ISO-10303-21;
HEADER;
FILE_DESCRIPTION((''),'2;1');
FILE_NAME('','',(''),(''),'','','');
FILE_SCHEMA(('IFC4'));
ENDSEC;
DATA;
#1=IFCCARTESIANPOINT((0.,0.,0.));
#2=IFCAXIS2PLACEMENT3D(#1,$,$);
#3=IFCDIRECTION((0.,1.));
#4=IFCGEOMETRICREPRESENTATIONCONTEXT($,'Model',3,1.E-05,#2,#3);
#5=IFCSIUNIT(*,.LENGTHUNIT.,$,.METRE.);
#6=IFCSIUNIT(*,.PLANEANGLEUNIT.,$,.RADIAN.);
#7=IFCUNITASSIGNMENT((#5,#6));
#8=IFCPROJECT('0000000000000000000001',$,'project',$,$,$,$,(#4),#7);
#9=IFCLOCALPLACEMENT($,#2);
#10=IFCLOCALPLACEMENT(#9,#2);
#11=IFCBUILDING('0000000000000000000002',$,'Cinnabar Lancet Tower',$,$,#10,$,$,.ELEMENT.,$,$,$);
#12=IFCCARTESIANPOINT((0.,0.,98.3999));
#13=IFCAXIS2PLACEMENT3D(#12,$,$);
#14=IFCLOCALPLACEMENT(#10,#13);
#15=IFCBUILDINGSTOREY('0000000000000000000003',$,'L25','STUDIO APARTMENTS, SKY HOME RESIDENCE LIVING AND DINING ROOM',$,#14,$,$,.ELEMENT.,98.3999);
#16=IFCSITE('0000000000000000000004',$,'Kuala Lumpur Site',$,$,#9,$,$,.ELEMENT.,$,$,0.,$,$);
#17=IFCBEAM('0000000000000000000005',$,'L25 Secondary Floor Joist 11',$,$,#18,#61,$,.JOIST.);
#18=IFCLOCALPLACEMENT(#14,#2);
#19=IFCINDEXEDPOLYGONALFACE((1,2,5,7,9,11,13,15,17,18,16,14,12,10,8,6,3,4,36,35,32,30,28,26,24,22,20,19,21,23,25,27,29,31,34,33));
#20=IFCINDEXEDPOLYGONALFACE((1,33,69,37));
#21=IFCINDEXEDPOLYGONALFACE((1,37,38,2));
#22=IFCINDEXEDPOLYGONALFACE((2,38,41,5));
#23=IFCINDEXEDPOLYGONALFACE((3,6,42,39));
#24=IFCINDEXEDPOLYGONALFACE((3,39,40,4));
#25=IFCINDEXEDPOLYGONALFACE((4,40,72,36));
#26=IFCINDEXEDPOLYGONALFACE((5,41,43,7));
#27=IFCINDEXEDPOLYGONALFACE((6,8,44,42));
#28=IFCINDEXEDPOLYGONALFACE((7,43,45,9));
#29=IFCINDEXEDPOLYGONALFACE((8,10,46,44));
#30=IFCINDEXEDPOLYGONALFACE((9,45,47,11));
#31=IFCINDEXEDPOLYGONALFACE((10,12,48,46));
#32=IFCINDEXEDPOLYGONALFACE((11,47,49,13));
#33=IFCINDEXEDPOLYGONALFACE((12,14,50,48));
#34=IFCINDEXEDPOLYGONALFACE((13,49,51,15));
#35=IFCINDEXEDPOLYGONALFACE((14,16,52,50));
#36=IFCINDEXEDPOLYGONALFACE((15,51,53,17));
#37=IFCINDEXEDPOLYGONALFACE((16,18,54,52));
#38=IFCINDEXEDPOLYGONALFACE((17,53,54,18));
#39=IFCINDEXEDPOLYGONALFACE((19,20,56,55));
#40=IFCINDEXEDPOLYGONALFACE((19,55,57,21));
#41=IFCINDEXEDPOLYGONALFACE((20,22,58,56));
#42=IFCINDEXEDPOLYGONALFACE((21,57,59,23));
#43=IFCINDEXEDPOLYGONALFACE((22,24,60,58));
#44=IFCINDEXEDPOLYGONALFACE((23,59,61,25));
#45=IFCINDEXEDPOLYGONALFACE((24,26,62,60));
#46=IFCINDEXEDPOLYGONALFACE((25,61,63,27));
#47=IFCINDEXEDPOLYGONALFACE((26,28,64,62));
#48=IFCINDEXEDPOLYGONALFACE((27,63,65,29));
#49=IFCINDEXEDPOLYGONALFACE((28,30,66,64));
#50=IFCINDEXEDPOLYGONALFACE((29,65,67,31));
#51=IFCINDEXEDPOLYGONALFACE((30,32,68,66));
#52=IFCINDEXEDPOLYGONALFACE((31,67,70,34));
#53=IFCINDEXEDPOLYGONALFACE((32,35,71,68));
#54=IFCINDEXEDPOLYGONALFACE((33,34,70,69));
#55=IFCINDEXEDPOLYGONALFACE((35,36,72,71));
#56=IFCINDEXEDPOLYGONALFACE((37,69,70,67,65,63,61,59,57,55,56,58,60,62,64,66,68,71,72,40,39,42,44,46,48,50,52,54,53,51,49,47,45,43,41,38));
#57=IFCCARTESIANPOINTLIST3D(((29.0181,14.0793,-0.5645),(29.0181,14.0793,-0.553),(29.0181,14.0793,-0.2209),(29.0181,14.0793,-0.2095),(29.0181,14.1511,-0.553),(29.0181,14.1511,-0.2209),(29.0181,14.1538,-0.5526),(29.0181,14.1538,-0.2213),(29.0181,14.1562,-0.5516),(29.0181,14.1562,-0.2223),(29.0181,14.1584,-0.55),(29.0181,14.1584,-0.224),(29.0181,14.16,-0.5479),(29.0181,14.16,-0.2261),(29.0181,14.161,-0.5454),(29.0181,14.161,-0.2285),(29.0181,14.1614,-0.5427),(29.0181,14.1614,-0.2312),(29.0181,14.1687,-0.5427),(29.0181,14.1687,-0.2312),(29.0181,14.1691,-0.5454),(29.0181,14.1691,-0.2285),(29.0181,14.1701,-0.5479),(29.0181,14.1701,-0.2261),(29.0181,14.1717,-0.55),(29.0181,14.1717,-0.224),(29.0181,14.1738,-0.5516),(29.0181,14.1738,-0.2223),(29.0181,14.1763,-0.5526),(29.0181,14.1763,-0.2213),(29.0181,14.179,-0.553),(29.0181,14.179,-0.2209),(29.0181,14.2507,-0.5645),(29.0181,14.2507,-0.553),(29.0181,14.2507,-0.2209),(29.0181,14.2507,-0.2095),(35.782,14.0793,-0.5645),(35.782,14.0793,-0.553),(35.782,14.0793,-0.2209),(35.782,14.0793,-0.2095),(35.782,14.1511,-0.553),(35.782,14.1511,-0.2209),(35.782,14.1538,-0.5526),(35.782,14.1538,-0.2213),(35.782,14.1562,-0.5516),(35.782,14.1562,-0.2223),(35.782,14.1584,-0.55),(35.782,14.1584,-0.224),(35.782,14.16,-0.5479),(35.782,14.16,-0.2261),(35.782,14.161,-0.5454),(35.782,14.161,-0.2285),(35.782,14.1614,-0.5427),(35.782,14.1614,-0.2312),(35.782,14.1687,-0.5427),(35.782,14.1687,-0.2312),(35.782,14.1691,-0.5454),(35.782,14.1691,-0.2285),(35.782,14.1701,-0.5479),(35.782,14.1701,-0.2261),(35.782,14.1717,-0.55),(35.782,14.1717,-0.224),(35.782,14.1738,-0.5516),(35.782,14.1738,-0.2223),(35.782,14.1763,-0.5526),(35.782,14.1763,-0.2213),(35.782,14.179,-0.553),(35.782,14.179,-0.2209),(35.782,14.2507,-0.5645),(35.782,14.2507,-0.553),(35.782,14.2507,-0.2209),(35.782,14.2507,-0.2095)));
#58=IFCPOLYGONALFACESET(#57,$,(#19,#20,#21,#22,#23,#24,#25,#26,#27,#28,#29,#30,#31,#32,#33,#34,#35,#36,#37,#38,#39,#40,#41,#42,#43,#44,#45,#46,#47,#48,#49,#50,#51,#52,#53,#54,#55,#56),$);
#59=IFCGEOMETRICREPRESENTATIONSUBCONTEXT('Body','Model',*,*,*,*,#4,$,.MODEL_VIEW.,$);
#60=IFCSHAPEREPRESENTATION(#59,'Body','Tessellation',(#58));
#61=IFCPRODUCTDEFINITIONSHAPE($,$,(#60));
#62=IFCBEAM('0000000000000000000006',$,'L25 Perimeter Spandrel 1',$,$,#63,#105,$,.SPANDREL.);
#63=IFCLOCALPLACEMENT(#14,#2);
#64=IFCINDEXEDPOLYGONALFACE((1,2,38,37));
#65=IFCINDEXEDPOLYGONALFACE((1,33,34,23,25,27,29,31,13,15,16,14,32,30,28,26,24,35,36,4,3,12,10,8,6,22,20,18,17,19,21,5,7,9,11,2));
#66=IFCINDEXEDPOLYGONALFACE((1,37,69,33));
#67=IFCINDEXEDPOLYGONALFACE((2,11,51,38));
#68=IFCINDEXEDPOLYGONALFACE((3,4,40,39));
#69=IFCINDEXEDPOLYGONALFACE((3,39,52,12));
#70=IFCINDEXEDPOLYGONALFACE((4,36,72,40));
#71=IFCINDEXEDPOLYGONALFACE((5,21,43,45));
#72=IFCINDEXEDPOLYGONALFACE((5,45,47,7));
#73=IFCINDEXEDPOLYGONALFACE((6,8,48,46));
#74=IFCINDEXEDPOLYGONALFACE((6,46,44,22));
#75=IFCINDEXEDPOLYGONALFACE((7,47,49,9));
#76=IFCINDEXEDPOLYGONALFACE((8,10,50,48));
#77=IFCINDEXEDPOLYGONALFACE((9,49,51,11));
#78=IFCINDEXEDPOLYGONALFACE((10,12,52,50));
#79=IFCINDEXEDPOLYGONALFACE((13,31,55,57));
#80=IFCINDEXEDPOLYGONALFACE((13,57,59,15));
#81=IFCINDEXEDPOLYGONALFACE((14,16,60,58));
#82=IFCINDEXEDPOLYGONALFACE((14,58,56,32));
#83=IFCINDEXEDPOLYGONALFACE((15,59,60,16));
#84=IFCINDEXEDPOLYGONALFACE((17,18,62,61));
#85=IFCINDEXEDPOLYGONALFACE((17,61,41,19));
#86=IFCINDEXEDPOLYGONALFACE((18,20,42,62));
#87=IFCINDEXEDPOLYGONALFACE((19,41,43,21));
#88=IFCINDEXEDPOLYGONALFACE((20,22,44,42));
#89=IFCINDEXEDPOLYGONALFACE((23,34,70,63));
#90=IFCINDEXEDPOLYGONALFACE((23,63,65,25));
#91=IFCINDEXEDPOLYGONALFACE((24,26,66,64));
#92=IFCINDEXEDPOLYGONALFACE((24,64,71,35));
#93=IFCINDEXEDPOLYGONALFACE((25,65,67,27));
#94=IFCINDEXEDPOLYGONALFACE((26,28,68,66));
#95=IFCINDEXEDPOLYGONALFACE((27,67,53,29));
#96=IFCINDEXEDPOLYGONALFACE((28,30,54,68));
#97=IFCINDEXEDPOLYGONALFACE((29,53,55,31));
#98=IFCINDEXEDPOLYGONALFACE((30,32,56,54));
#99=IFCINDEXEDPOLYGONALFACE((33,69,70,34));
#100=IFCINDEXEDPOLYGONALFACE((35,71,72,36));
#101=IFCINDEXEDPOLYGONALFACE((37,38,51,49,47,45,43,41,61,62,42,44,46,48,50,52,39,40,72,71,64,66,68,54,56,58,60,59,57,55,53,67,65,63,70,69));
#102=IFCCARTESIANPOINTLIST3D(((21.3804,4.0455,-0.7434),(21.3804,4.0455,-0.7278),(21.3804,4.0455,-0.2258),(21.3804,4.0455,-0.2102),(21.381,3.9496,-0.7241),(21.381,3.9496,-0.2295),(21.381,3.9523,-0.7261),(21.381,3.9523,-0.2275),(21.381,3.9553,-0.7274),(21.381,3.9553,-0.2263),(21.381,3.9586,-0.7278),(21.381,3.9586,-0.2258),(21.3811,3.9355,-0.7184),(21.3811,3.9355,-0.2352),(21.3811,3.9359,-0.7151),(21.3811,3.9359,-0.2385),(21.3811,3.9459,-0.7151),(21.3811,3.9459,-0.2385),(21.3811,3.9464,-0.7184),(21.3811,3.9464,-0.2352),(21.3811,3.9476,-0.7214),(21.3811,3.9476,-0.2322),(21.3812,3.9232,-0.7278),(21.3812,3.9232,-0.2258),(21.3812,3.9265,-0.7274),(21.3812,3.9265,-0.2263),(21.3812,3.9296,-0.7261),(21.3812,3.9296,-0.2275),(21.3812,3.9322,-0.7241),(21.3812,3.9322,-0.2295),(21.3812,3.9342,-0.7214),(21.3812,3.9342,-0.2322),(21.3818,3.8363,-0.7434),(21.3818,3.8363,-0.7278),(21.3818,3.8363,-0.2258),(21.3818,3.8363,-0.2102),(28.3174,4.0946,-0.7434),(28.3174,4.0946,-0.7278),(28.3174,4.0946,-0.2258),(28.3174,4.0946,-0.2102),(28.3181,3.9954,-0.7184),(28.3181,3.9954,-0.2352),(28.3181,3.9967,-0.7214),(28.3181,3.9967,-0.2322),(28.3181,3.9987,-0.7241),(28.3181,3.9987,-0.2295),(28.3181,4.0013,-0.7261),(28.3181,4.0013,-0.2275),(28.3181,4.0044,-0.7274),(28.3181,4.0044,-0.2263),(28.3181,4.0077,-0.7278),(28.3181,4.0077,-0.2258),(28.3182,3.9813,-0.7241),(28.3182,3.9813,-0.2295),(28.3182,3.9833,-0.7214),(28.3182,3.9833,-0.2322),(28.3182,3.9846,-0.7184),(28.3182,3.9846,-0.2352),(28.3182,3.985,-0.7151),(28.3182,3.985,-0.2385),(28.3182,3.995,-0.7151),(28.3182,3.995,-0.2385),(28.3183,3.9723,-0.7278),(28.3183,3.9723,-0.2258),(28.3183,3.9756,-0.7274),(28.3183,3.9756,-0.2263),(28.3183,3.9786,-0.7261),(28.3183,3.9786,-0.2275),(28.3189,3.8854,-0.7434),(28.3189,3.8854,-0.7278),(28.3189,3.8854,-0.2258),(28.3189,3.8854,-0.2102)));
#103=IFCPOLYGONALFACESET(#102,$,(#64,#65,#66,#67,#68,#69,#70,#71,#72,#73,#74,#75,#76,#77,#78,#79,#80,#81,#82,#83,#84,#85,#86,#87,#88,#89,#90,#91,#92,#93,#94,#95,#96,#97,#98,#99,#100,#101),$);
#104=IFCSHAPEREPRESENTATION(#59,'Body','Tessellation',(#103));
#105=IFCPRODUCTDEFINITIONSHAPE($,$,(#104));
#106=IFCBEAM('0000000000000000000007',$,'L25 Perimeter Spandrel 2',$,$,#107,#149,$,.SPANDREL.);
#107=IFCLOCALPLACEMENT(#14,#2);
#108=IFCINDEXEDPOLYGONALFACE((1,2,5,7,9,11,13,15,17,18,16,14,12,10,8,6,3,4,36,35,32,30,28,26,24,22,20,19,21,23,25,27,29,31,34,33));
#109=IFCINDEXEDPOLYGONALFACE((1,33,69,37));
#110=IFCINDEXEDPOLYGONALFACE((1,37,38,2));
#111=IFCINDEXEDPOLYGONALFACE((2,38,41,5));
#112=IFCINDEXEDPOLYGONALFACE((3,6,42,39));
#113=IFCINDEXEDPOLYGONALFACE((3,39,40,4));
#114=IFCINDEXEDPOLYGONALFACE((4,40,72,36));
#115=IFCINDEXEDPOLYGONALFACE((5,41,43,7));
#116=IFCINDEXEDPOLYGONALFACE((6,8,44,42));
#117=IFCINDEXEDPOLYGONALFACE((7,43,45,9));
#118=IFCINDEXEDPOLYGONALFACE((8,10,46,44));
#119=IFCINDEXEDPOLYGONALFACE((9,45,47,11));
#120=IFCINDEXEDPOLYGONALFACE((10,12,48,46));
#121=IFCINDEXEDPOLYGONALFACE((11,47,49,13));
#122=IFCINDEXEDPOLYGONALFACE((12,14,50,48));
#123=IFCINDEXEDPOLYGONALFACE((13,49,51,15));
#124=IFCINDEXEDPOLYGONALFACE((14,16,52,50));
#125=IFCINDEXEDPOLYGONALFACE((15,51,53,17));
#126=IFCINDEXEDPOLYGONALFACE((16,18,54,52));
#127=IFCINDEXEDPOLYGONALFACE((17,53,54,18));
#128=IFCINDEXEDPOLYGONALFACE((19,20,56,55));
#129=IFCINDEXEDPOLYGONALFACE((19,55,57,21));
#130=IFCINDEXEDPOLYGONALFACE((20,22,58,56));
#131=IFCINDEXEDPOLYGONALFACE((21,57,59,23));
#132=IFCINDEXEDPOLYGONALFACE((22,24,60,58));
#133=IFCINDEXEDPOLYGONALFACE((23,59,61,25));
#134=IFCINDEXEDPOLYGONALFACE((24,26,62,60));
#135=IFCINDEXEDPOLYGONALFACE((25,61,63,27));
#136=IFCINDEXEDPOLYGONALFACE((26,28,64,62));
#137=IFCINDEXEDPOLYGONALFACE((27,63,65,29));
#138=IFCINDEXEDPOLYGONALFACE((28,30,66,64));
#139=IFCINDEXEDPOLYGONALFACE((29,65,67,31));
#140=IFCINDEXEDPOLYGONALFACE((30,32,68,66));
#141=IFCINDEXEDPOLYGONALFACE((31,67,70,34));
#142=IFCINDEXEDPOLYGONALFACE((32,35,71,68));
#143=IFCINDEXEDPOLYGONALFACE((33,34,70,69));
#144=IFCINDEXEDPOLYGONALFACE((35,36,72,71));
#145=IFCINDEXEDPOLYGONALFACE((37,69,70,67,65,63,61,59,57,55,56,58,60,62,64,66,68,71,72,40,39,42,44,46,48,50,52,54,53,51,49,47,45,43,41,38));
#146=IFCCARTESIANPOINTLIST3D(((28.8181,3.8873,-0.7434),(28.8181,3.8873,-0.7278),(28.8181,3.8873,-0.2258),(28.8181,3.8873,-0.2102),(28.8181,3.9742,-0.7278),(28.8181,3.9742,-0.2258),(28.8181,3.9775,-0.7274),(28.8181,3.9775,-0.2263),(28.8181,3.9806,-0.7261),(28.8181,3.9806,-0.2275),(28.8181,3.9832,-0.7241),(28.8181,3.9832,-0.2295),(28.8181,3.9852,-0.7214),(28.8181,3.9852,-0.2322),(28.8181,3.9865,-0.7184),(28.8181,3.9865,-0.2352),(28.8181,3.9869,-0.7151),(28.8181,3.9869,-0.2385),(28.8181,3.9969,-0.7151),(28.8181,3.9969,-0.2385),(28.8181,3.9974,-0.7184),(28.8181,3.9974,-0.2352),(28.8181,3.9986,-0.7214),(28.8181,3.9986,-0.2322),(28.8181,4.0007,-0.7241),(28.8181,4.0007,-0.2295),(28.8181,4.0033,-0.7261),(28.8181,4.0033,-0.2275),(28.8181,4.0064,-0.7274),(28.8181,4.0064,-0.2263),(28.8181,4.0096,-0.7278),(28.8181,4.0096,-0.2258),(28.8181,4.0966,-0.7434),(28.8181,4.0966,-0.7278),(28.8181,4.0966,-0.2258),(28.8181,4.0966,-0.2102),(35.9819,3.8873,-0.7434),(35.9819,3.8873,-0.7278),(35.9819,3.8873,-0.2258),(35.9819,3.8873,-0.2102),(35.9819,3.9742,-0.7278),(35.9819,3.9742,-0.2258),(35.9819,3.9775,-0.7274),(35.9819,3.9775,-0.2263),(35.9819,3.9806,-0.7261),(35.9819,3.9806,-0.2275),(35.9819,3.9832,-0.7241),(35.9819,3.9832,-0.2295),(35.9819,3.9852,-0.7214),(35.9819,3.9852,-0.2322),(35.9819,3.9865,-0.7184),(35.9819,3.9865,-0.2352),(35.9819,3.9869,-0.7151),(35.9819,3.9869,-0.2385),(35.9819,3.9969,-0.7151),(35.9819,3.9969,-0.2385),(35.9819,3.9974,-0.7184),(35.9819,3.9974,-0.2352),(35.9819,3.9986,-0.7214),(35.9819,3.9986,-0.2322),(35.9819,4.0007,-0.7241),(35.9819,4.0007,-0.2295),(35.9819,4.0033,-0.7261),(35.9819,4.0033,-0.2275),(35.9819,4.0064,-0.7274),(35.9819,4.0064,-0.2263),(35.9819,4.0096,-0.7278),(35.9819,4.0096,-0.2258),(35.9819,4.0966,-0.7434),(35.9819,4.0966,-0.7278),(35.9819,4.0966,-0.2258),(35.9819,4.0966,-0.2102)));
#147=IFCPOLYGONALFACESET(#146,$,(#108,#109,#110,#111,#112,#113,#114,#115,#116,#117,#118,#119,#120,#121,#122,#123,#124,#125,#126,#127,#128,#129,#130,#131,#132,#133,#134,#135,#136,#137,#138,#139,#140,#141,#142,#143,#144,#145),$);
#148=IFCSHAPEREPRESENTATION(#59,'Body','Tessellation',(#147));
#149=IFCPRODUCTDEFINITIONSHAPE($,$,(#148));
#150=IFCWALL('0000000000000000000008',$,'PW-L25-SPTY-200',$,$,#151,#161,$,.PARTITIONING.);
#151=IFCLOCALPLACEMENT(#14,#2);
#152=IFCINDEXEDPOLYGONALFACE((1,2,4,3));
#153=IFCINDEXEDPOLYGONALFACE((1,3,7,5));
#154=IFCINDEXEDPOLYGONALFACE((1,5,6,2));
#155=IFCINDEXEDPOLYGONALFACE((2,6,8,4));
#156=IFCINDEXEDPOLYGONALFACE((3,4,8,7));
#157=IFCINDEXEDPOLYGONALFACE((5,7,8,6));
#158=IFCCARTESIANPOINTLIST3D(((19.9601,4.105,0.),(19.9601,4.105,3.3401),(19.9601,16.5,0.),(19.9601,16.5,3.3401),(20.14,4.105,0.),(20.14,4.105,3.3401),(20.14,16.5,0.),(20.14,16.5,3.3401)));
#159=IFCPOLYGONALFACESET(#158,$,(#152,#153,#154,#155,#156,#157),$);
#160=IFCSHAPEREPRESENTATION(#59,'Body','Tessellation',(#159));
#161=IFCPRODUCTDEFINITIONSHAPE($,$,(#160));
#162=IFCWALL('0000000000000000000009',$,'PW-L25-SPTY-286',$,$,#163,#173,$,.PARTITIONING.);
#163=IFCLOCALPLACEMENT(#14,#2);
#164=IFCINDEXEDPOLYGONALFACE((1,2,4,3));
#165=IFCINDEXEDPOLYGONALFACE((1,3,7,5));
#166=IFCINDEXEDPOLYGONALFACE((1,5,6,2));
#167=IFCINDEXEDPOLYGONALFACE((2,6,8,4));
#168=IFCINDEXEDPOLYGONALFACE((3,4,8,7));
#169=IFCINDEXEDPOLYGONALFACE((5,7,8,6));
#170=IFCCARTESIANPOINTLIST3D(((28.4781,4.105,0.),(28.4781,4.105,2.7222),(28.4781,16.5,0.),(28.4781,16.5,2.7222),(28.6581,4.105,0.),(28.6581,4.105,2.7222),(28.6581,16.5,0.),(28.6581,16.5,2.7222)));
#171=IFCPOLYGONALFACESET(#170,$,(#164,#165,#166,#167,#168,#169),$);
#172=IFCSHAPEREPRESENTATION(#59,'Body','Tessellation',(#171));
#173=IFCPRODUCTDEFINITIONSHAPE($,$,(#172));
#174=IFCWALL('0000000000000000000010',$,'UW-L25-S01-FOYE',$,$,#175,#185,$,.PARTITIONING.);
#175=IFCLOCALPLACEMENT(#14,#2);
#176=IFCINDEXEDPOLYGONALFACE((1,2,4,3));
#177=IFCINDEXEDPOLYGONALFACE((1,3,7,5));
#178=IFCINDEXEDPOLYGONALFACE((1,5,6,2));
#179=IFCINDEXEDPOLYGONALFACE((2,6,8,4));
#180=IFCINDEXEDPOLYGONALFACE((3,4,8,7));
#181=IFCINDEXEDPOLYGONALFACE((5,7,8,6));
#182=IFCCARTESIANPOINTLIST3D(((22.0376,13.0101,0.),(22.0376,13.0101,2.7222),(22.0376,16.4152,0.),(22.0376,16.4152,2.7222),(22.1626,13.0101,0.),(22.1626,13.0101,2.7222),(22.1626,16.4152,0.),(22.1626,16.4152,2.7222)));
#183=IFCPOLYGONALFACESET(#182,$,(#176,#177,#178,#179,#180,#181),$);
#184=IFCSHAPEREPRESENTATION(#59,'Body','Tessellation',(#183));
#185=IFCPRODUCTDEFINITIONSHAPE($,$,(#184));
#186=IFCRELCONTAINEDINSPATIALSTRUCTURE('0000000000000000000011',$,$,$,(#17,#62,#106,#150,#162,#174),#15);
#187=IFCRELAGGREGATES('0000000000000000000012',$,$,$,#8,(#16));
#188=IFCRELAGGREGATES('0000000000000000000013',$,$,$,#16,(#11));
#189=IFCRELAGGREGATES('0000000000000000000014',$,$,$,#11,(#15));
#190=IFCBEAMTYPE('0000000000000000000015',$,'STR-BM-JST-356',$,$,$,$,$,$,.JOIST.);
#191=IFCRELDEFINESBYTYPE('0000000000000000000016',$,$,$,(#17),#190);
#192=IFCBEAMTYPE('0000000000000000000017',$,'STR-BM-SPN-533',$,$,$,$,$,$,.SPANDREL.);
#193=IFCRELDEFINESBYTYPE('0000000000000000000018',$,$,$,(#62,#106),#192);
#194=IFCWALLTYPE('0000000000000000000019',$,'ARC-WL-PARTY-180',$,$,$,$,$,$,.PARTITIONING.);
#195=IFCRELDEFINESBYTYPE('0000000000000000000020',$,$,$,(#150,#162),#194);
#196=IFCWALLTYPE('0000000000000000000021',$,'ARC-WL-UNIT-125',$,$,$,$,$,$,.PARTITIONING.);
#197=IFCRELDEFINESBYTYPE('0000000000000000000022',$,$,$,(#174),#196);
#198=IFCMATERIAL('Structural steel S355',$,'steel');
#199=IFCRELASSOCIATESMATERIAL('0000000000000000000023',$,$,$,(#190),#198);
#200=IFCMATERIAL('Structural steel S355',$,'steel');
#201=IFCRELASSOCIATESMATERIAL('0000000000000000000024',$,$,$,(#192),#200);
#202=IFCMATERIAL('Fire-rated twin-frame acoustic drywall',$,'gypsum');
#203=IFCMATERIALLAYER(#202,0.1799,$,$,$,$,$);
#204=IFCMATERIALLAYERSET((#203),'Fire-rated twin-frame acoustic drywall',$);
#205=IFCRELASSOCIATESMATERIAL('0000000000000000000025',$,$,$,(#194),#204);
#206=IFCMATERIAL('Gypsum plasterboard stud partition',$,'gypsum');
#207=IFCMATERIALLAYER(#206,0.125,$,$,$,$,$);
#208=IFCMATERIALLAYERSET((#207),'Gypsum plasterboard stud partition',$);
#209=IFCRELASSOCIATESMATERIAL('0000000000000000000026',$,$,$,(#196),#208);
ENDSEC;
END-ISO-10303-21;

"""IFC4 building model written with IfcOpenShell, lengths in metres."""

from ifc_helpers import new_model, si_unit, direction, frame, frame_2d, origin, origin_2d, place, context, subcontext, project, spatial, rectangle, i_section, extrude, material, layer, layer_set, material_profile, profile_set, type_object, element, save


model = new_model("IFC4")

# Units and contexts
model_context = context("Model", 3, precision=1e-05, world=origin(), true_north=direction((0.0, 1.0)))
body_context = subcontext(model_context, "Body", "Model", "MODEL_VIEW")
ifc_project = project(units=[si_unit("LENGTHUNIT", "METRE"), si_unit("PLANEANGLEUNIT", "RADIAN")], contexts=[model_context])

# Site, building, storey
site_placement = place(None, origin())
site = spatial("IfcSite", under=ifc_project, at=site_placement, Name="Kuala Lumpur Site", CompositionType="ELEMENT", RefElevation=0.0)
building_placement = place(site_placement, origin())
building = spatial("IfcBuilding", under=site, at=building_placement, Name="Cinnabar Lancet Tower", CompositionType="ELEMENT")
storey_placement = place(building_placement, frame((0.0, 0.0, 98.3999)))
storey = spatial("IfcBuildingStorey", under=building, at=storey_placement, Name="L25", Description="STUDIO APARTMENTS, SKY HOME RESIDENCE LIVING AND DINING ROOM", CompositionType="ELEMENT", Elevation=98.3999)

# Beams
ifc_material_1 = material(Name="Structural steel S355", Category="steel")
ifc_material_profile_1 = material_profile(ifc_material_1, i_section(OverallWidth=0.1714, OverallDepth=0.355, WebThickness=0.0073, FlangeThickness=0.0115, FilletRadius=0.0103, at=origin_2d()), Name="UKB 356x171x51")
ifc_profile_set_1 = profile_set([ifc_material_profile_1], Name="Structural steel S355")
beam_type_1 = type_object("IfcBeamType", Name="STR-BM-JST-356", PredefinedType="JOIST", material=ifc_profile_set_1)
for number, where, z_axis, x_axis, name in (
    (1, (29.0181, 14.165, -0.387), (1.0, 0.0, 0.0), (0.0, 1.0, 0.0), "L25 Secondary Floor Joist 11"),
):
    element("IfcBeam", number, at=place(storey_placement, frame(where, z_axis=z_axis, x_axis=x_axis)), inside=storey, type_object=beam_type_1, Name=name, PredefinedType="JOIST", context=body_context, shape_type="SweptSolid", body=[
        extrude(i_section(OverallWidth=0.1714, OverallDepth=0.355, WebThickness=0.0073, FlangeThickness=0.0115, FilletRadius=0.0103, at=origin_2d()), origin(), (0.0, 0.0, 1.0), 6.7639),
    ])
ifc_material_2 = material(Name="Structural steel S355", Category="steel")
ifc_material_profile_2 = material_profile(ifc_material_2, i_section(OverallWidth=0.2092, OverallDepth=0.5332, WebThickness=0.01, FlangeThickness=0.0156, FilletRadius=0.0127, at=origin_2d()), Name="UKB 533x210x92")
ifc_profile_set_2 = profile_set([ifc_material_profile_2], Name="Structural steel S355")
beam_type_2 = type_object("IfcBeamType", Name="STR-BM-SPN-533", PredefinedType="SPANDREL", material=ifc_profile_set_2)
beam_1_placement = place(storey_placement, frame((21.3811, 3.9409, -0.4768), z_axis=(0.999975, 0.007074, 0.0), x_axis=(-0.007074, 0.999975, 0.0)))
element("IfcBeam", 2, at=beam_1_placement, inside=storey, type_object=beam_type_2, Name="L25 Perimeter Spandrel 1", PredefinedType="SPANDREL", context=body_context, shape_type="SweptSolid", body=[
    extrude(i_section(OverallWidth=0.2092, OverallDepth=0.5332, WebThickness=0.01, FlangeThickness=0.0156, FilletRadius=0.0127, at=origin_2d()), origin(), (0.0, 0.0, 1.0), 6.9373),
])
beam_2_placement = place(storey_placement, frame((28.8181, 3.9919, -0.4768), z_axis=(1.0, 0.0, 0.0), x_axis=(0.0, 1.0, 0.0)))
element("IfcBeam", 3, at=beam_2_placement, inside=storey, type_object=beam_type_2, Name="L25 Perimeter Spandrel 2", PredefinedType="SPANDREL", context=body_context, shape_type="SweptSolid", body=[
    extrude(i_section(OverallWidth=0.2092, OverallDepth=0.5332, WebThickness=0.01, FlangeThickness=0.0156, FilletRadius=0.0127, at=origin_2d()), origin(), (0.0, 0.0, 1.0), 7.1638),
])

# Walls
ifc_material_3 = material(Name="Fire-rated twin-frame acoustic drywall", Category="gypsum")
ifc_layer_1 = layer(ifc_material_3, 0.1799)
ifc_layer_set_1 = layer_set([ifc_layer_1], Name="Fire-rated twin-frame acoustic drywall")
wall_type_1 = type_object("IfcWallType", Name="ARC-WL-PARTY-180", PredefinedType="PARTITIONING", material=ifc_layer_set_1)
wall_1_placement = place(storey_placement, frame((20.05, 4.105, 0.0), z_axis=(0.0, 0.0, 1.0), x_axis=(0.0, 1.0, 0.0)))
element("IfcWall", 4, at=wall_1_placement, inside=storey, type_object=wall_type_1, Name="PW-L25-SPTY-200", PredefinedType="PARTITIONING", context=body_context, shape_type="SweptSolid", body=[
    extrude(rectangle(XDim=12.395, YDim=0.1799, at=frame_2d((6.1975, 0.0))), origin(), (0.0, 0.0, 1.0), 3.3401),
])
wall_2_placement = place(storey_placement, frame((28.5681, 4.105, 0.0), z_axis=(0.0, 0.0, 1.0), x_axis=(0.0, 1.0, 0.0)))
element("IfcWall", 5, at=wall_2_placement, inside=storey, type_object=wall_type_1, Name="PW-L25-SPTY-286", PredefinedType="PARTITIONING", context=body_context, shape_type="SweptSolid", body=[
    extrude(rectangle(XDim=12.395, YDim=0.1799, at=frame_2d((6.1975, 0.0))), origin(), (0.0, 0.0, 1.0), 2.7222),
])
ifc_material_4 = material(Name="Gypsum plasterboard stud partition", Category="gypsum")
ifc_layer_2 = layer(ifc_material_4, 0.125)
ifc_layer_set_2 = layer_set([ifc_layer_2], Name="Gypsum plasterboard stud partition")
wall_type_2 = type_object("IfcWallType", Name="ARC-WL-UNIT-125", PredefinedType="PARTITIONING", material=ifc_layer_set_2)
wall_3_placement = place(storey_placement, frame((22.1001, 13.01, 0.0), z_axis=(0.0, 0.0, 1.0), x_axis=(0.0, 1.0, 0.0)))
element("IfcWall", 6, at=wall_3_placement, inside=storey, type_object=wall_type_2, Name="UW-L25-S01-FOYE", PredefinedType="PARTITIONING", context=body_context, shape_type="SweptSolid", body=[
    extrude(rectangle(XDim=3.405, YDim=0.125, at=frame_2d((1.7026, 0.0))), origin(), (0.0, 0.0, 1.0), 2.7222),
])

save(model, "model.ifc")
